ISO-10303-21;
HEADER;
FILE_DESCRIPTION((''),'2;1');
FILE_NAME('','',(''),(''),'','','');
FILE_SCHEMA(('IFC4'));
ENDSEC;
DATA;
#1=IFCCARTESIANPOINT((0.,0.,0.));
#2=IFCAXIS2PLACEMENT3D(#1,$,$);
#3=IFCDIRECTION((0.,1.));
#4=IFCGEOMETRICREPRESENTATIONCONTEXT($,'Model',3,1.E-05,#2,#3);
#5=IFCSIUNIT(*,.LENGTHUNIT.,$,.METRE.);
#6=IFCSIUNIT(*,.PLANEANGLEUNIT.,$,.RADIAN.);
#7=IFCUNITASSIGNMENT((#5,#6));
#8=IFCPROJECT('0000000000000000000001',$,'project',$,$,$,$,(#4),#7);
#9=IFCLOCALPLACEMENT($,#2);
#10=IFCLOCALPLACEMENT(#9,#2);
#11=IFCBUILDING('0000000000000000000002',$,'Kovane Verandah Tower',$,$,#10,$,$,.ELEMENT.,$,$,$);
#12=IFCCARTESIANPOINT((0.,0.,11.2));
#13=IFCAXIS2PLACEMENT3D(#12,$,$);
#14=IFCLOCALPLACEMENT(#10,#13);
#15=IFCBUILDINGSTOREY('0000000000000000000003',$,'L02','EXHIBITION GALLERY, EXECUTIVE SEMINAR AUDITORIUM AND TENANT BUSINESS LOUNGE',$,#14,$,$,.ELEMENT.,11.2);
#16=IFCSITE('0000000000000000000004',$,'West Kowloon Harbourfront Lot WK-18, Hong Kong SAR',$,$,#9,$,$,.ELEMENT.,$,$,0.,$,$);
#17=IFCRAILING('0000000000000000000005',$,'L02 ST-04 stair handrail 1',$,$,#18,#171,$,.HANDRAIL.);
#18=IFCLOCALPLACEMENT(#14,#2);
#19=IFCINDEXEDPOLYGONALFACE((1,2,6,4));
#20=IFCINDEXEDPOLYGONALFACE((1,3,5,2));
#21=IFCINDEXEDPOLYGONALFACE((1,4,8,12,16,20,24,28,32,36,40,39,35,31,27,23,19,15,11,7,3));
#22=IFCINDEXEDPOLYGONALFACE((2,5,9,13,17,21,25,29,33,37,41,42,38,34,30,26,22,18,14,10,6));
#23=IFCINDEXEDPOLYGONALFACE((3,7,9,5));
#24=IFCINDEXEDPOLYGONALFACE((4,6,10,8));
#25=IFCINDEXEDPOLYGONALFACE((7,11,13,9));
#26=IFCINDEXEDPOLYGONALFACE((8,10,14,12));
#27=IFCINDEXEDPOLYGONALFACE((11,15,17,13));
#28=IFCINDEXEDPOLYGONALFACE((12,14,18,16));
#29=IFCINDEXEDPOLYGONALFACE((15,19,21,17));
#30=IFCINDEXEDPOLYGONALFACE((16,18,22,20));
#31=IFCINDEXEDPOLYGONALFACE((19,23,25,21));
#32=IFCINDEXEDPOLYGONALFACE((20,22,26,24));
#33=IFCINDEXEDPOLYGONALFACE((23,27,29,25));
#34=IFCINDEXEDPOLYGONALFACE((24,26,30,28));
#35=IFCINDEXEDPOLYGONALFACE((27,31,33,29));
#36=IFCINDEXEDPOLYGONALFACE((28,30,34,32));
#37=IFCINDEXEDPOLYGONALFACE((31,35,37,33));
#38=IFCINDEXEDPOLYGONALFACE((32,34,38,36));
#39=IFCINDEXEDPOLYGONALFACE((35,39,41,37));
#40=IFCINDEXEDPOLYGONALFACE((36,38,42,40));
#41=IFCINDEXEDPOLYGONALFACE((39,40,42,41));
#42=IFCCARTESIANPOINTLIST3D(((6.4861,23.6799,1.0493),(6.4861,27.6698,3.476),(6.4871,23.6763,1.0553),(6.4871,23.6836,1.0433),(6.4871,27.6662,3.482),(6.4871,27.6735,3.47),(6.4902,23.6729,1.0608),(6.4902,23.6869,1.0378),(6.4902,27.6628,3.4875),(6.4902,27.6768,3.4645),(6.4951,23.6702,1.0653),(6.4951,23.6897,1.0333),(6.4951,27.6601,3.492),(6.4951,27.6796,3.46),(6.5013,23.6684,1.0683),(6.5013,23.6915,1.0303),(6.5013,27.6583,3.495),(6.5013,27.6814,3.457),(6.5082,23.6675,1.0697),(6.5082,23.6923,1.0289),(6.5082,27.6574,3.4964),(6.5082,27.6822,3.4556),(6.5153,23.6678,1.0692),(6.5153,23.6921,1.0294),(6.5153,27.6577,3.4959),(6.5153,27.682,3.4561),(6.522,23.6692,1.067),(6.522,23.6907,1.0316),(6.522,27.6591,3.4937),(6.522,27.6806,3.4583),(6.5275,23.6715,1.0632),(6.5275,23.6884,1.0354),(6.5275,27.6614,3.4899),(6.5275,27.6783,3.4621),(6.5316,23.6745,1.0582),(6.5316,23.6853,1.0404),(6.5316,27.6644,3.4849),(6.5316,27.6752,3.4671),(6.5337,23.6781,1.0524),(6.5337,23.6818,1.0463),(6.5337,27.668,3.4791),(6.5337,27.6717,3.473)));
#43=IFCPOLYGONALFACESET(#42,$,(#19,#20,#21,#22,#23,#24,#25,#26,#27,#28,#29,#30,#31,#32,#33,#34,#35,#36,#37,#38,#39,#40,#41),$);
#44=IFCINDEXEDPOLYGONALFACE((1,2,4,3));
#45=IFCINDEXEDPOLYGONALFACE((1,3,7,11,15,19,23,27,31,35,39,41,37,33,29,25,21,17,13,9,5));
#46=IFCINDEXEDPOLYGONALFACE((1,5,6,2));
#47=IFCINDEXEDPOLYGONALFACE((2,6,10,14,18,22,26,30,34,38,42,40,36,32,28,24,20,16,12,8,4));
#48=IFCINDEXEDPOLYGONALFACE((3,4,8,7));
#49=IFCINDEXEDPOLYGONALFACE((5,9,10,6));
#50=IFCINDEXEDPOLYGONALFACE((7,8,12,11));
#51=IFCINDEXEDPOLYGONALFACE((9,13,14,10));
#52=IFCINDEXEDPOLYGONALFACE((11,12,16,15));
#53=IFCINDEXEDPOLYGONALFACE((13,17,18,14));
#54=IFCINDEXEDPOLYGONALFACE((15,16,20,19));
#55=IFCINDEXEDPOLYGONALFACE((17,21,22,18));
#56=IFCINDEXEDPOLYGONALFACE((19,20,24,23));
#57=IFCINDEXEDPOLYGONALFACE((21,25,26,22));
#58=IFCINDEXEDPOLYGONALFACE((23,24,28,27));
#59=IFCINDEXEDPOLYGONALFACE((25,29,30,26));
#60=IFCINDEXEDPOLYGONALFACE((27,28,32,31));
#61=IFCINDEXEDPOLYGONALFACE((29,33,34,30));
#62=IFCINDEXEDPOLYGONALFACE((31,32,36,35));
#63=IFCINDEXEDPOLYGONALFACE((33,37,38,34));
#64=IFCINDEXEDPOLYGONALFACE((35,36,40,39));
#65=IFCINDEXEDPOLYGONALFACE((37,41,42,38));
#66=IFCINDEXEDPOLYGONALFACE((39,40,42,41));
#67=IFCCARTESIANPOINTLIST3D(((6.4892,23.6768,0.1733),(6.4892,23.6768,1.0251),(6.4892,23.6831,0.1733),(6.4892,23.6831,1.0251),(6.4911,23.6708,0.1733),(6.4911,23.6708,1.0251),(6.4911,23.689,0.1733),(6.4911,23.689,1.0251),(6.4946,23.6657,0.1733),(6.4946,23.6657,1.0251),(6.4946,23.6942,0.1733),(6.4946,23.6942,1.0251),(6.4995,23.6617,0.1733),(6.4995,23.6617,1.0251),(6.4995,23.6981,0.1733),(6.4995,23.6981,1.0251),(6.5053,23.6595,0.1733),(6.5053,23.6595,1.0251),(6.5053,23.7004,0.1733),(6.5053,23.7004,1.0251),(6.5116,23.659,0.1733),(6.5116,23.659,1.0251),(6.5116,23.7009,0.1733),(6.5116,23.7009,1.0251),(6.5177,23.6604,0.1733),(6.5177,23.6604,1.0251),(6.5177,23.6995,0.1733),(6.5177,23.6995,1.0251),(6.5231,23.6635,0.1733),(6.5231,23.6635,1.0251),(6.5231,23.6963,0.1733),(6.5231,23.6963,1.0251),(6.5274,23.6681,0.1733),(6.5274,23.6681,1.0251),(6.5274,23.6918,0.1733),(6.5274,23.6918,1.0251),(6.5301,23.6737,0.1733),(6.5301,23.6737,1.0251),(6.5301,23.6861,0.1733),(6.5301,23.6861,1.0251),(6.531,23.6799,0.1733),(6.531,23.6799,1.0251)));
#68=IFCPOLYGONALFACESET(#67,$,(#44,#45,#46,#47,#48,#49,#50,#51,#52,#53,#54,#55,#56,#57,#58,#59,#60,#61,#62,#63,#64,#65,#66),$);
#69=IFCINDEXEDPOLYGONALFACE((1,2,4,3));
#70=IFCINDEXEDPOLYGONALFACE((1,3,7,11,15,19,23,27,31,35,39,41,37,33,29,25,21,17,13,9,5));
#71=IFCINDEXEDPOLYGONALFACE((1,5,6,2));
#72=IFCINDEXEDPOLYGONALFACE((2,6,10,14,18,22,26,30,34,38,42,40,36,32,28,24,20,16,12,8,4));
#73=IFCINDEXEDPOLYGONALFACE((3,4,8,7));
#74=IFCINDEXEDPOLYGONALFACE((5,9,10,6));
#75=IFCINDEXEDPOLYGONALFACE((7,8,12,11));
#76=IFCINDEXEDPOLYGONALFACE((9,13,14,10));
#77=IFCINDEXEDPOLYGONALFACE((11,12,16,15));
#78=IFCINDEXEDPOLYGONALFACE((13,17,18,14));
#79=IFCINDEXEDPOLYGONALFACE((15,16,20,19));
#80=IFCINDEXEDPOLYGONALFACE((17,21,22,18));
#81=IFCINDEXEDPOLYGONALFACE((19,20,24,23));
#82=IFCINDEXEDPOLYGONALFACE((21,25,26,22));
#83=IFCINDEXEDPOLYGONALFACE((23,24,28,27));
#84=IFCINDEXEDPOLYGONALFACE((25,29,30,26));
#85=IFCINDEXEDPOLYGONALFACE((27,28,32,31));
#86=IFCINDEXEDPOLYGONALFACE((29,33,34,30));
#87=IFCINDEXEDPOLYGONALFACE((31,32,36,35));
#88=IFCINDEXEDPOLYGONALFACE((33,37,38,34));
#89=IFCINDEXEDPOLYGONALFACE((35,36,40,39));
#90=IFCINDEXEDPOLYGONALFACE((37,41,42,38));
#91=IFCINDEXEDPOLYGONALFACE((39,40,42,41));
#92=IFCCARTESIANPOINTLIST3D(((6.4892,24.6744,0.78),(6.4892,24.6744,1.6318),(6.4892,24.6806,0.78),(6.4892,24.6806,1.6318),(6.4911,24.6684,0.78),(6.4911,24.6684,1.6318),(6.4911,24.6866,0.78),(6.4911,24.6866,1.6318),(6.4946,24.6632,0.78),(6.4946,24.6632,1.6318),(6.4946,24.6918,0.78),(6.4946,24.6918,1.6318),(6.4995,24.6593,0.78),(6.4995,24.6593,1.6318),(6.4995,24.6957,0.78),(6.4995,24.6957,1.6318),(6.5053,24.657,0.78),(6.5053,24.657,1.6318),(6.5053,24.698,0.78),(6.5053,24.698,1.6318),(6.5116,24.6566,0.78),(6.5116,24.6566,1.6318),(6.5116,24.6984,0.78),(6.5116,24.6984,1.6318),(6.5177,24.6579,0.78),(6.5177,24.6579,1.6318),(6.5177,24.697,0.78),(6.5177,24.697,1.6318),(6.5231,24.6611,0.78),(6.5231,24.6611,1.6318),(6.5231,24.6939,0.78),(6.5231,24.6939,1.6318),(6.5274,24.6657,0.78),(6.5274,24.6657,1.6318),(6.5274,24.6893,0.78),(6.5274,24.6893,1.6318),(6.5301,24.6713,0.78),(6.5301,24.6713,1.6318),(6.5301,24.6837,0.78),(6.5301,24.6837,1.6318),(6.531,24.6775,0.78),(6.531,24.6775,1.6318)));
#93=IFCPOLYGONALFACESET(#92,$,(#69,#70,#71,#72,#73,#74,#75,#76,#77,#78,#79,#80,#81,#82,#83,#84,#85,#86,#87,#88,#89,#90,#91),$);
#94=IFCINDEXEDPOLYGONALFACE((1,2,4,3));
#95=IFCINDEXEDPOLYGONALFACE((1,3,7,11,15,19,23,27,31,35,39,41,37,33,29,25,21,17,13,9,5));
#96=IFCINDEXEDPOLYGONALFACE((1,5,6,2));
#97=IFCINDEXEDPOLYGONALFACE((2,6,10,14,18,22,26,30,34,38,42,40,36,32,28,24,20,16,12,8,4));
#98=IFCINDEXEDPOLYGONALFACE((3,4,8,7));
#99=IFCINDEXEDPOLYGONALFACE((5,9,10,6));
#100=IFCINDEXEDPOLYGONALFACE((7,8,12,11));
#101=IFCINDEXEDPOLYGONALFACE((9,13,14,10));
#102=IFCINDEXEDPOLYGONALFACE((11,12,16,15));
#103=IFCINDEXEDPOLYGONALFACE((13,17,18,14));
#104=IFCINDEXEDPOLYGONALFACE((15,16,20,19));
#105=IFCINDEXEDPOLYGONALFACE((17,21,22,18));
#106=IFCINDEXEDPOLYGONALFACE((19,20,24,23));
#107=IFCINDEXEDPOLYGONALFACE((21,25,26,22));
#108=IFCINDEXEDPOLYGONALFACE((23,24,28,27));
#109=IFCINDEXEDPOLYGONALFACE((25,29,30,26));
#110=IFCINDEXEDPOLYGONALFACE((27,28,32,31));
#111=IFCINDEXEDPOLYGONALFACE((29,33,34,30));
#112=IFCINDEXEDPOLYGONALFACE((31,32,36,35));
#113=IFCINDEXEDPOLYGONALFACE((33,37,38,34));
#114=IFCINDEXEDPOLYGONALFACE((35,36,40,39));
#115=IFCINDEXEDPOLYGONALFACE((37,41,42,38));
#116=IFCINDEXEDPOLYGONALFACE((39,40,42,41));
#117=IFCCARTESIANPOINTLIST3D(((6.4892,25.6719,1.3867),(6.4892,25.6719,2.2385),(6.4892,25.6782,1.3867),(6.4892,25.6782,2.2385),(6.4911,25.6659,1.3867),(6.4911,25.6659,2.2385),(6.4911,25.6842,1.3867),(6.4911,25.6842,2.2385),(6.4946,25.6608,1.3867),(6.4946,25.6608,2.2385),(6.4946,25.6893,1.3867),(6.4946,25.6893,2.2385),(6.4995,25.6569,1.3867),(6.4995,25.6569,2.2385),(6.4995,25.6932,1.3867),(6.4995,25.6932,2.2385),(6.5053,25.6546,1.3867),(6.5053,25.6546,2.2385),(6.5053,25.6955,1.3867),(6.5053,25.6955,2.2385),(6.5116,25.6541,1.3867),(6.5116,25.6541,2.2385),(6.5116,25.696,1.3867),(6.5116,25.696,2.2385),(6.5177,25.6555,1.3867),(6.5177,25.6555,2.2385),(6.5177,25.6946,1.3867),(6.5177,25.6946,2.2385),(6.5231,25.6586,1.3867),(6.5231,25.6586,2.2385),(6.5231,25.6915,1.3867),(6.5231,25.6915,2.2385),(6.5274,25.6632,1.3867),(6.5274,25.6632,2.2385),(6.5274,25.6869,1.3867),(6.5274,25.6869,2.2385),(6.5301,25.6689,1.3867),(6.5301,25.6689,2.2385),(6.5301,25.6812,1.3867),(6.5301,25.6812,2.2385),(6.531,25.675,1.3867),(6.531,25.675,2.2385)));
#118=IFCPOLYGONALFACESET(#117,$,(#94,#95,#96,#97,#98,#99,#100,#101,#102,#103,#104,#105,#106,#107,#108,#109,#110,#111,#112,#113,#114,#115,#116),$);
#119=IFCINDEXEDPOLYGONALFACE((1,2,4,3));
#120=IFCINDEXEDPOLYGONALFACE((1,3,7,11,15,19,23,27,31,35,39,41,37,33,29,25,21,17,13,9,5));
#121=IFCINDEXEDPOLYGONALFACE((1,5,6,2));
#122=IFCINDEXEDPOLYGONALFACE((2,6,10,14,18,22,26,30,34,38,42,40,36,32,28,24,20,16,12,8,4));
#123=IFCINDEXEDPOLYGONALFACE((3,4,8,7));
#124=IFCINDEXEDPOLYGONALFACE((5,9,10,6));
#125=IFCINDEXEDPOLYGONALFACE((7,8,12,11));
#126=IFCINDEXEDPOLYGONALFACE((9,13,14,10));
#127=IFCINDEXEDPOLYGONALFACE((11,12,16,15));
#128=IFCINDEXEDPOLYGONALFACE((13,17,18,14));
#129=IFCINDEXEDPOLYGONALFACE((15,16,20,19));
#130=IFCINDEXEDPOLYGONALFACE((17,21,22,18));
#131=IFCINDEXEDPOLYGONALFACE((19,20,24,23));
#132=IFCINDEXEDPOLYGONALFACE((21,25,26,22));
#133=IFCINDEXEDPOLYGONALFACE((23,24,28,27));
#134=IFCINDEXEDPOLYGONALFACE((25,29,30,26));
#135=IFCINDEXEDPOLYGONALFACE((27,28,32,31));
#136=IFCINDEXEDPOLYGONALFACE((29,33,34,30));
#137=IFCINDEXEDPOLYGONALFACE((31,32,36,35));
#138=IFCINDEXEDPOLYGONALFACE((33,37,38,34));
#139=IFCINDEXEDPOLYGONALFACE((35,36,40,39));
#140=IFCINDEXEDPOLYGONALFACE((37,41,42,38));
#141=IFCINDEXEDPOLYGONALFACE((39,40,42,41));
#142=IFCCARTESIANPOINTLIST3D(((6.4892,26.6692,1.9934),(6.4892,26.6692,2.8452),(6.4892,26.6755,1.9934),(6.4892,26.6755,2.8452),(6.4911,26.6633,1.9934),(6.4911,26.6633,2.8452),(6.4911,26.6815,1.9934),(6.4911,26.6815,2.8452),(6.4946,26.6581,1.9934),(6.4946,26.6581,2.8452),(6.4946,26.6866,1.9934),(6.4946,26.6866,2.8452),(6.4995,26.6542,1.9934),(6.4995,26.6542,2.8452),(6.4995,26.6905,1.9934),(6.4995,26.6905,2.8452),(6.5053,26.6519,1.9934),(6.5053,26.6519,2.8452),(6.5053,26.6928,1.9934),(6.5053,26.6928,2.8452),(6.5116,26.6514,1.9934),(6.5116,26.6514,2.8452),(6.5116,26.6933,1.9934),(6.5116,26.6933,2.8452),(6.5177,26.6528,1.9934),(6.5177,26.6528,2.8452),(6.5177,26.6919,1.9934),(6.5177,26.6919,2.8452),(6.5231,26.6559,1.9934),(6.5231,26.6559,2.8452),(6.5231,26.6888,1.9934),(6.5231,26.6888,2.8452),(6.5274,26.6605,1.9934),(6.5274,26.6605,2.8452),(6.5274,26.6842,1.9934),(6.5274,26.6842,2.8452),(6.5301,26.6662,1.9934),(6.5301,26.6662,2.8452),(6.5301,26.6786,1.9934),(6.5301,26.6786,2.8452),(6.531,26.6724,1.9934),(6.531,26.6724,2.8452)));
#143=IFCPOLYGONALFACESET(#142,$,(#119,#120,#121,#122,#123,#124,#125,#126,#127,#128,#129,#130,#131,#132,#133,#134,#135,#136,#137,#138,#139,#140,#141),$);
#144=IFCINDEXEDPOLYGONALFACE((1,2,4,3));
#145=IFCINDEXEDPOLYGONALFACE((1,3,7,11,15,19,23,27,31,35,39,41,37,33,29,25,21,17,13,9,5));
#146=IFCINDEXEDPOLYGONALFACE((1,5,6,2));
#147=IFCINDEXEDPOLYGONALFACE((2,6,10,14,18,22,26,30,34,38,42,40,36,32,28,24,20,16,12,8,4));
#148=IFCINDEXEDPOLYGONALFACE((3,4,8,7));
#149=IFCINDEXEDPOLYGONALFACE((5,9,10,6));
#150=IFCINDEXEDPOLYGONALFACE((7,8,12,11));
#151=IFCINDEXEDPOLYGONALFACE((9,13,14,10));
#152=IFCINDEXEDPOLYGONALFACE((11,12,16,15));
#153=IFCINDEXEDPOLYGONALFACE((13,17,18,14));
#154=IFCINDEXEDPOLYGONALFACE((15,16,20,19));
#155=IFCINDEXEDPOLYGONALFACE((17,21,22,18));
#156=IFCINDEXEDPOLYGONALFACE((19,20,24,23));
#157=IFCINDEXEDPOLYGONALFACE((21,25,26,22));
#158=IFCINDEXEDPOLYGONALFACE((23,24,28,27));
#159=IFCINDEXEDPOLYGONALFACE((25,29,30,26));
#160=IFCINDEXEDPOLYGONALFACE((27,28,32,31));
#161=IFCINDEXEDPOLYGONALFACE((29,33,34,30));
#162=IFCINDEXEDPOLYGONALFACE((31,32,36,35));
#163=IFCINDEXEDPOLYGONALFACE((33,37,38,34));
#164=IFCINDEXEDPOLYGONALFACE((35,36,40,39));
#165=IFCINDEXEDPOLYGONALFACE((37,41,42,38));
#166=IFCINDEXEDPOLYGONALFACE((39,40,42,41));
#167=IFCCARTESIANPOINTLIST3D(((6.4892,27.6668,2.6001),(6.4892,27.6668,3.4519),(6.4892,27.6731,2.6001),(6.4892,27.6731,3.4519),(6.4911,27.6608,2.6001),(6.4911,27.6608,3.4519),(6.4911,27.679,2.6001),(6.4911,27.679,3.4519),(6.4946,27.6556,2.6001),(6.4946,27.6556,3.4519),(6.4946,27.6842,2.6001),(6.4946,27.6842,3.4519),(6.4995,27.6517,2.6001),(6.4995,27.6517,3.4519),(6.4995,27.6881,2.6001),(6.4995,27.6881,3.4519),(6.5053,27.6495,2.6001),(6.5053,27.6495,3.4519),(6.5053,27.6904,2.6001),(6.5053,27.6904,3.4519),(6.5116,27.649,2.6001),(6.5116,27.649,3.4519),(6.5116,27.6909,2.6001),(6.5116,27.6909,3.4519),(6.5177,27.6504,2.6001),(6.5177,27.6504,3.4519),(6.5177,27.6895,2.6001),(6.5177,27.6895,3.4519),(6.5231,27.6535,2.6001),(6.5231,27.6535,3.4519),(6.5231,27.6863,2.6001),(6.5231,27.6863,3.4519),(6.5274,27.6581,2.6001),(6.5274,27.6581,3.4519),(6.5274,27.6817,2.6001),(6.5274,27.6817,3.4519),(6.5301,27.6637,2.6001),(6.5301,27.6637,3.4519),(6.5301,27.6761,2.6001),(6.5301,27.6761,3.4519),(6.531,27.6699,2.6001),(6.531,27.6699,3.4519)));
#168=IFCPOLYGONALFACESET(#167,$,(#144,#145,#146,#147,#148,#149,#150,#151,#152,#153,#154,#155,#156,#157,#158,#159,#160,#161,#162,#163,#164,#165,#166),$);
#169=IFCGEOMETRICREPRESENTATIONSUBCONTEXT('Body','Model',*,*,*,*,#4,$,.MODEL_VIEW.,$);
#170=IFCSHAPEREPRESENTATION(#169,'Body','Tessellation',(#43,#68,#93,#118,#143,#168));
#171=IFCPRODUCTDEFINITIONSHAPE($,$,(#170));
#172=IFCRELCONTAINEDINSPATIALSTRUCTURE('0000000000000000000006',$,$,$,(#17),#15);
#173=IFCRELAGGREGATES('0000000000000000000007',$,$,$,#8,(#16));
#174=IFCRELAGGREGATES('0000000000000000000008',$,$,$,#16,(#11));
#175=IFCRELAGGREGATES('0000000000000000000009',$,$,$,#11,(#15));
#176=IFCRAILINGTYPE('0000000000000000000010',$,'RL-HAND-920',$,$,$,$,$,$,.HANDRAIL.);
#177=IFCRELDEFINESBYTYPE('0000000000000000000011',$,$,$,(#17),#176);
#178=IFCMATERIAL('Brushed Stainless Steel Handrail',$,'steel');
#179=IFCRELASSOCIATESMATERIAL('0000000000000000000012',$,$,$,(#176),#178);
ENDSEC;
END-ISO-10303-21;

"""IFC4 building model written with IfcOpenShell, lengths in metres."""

from ifc_helpers import new_model, si_unit, direction, frame, origin, origin_2d, place, context, subcontext, project, spatial, circle, extrude, material, type_object, element, save


model = new_model("IFC4")

# Units and contexts
model_context = context("Model", 3, precision=1e-05, world=origin(), true_north=direction((0.0, 1.0)))
body_context = subcontext(model_context, "Body", "Model", "MODEL_VIEW")
ifc_project = project(units=[si_unit("LENGTHUNIT", "METRE"), si_unit("PLANEANGLEUNIT", "RADIAN")], contexts=[model_context])

# Site, building, storey
site_placement = place(None, origin())
site = spatial("IfcSite", under=ifc_project, at=site_placement, Name="West Kowloon Harbourfront Lot WK-18, Hong Kong SAR", CompositionType="ELEMENT", RefElevation=0.0)
building_placement = place(site_placement, origin())
building = spatial("IfcBuilding", under=site, at=building_placement, Name="Kovane Verandah Tower", CompositionType="ELEMENT")
storey_placement = place(building_placement, frame((0.0, 0.0, 11.2)))
storey = spatial("IfcBuildingStorey", under=building, at=storey_placement, Name="L02", Description="EXHIBITION GALLERY, EXECUTIVE SEMINAR AUDITORIUM AND TENANT BUSINESS LOUNGE", CompositionType="ELEMENT", Elevation=11.2)

# Railing
ifc_material_1 = material(Name="Brushed Stainless Steel Handrail", Category="steel")
railing_type_1 = type_object("IfcRailingType", Name="RL-HAND-920", PredefinedType="HANDRAIL", material=ifc_material_1)
railing_1_placement = place(storey_placement, frame((6.51, 23.6799, 0.1733)))
element("IfcRailing", 1, at=railing_1_placement, inside=storey, type_object=railing_type_1, Name="L02 ST-04 stair handrail 1", PredefinedType="HANDRAIL", context=body_context, shape_type="SweptSolid", body=[
    extrude(circle(Radius=0.0239, at=origin_2d()), frame((0.0, 0.0, 0.876), z_axis=(0.0, 0.854382, 0.519645), x_axis=(-1.0, 0.0, 0.0)), (0.0, 0.0, 1.0), 4.6699),
    extrude(circle(Radius=0.021, at=origin_2d()), origin(), (0.0, 0.0, 1.0), 0.8518),
    extrude(circle(Radius=0.021, at=origin_2d()), frame((0.0, 0.9976, 0.6067)), (0.0, 0.0, 1.0), 0.8518),
    extrude(circle(Radius=0.021, at=origin_2d()), frame((0.0, 1.9951, 1.2134)), (0.0, 0.0, 1.0), 0.8518),
    extrude(circle(Radius=0.021, at=origin_2d()), frame((0.0, 2.9924, 1.8201)), (0.0, 0.0, 1.0), 0.8518),
    extrude(circle(Radius=0.021, at=origin_2d()), frame((0.0, 3.99, 2.4268)), (0.0, 0.0, 1.0), 0.8518),
])

save(model, "model.ifc")
